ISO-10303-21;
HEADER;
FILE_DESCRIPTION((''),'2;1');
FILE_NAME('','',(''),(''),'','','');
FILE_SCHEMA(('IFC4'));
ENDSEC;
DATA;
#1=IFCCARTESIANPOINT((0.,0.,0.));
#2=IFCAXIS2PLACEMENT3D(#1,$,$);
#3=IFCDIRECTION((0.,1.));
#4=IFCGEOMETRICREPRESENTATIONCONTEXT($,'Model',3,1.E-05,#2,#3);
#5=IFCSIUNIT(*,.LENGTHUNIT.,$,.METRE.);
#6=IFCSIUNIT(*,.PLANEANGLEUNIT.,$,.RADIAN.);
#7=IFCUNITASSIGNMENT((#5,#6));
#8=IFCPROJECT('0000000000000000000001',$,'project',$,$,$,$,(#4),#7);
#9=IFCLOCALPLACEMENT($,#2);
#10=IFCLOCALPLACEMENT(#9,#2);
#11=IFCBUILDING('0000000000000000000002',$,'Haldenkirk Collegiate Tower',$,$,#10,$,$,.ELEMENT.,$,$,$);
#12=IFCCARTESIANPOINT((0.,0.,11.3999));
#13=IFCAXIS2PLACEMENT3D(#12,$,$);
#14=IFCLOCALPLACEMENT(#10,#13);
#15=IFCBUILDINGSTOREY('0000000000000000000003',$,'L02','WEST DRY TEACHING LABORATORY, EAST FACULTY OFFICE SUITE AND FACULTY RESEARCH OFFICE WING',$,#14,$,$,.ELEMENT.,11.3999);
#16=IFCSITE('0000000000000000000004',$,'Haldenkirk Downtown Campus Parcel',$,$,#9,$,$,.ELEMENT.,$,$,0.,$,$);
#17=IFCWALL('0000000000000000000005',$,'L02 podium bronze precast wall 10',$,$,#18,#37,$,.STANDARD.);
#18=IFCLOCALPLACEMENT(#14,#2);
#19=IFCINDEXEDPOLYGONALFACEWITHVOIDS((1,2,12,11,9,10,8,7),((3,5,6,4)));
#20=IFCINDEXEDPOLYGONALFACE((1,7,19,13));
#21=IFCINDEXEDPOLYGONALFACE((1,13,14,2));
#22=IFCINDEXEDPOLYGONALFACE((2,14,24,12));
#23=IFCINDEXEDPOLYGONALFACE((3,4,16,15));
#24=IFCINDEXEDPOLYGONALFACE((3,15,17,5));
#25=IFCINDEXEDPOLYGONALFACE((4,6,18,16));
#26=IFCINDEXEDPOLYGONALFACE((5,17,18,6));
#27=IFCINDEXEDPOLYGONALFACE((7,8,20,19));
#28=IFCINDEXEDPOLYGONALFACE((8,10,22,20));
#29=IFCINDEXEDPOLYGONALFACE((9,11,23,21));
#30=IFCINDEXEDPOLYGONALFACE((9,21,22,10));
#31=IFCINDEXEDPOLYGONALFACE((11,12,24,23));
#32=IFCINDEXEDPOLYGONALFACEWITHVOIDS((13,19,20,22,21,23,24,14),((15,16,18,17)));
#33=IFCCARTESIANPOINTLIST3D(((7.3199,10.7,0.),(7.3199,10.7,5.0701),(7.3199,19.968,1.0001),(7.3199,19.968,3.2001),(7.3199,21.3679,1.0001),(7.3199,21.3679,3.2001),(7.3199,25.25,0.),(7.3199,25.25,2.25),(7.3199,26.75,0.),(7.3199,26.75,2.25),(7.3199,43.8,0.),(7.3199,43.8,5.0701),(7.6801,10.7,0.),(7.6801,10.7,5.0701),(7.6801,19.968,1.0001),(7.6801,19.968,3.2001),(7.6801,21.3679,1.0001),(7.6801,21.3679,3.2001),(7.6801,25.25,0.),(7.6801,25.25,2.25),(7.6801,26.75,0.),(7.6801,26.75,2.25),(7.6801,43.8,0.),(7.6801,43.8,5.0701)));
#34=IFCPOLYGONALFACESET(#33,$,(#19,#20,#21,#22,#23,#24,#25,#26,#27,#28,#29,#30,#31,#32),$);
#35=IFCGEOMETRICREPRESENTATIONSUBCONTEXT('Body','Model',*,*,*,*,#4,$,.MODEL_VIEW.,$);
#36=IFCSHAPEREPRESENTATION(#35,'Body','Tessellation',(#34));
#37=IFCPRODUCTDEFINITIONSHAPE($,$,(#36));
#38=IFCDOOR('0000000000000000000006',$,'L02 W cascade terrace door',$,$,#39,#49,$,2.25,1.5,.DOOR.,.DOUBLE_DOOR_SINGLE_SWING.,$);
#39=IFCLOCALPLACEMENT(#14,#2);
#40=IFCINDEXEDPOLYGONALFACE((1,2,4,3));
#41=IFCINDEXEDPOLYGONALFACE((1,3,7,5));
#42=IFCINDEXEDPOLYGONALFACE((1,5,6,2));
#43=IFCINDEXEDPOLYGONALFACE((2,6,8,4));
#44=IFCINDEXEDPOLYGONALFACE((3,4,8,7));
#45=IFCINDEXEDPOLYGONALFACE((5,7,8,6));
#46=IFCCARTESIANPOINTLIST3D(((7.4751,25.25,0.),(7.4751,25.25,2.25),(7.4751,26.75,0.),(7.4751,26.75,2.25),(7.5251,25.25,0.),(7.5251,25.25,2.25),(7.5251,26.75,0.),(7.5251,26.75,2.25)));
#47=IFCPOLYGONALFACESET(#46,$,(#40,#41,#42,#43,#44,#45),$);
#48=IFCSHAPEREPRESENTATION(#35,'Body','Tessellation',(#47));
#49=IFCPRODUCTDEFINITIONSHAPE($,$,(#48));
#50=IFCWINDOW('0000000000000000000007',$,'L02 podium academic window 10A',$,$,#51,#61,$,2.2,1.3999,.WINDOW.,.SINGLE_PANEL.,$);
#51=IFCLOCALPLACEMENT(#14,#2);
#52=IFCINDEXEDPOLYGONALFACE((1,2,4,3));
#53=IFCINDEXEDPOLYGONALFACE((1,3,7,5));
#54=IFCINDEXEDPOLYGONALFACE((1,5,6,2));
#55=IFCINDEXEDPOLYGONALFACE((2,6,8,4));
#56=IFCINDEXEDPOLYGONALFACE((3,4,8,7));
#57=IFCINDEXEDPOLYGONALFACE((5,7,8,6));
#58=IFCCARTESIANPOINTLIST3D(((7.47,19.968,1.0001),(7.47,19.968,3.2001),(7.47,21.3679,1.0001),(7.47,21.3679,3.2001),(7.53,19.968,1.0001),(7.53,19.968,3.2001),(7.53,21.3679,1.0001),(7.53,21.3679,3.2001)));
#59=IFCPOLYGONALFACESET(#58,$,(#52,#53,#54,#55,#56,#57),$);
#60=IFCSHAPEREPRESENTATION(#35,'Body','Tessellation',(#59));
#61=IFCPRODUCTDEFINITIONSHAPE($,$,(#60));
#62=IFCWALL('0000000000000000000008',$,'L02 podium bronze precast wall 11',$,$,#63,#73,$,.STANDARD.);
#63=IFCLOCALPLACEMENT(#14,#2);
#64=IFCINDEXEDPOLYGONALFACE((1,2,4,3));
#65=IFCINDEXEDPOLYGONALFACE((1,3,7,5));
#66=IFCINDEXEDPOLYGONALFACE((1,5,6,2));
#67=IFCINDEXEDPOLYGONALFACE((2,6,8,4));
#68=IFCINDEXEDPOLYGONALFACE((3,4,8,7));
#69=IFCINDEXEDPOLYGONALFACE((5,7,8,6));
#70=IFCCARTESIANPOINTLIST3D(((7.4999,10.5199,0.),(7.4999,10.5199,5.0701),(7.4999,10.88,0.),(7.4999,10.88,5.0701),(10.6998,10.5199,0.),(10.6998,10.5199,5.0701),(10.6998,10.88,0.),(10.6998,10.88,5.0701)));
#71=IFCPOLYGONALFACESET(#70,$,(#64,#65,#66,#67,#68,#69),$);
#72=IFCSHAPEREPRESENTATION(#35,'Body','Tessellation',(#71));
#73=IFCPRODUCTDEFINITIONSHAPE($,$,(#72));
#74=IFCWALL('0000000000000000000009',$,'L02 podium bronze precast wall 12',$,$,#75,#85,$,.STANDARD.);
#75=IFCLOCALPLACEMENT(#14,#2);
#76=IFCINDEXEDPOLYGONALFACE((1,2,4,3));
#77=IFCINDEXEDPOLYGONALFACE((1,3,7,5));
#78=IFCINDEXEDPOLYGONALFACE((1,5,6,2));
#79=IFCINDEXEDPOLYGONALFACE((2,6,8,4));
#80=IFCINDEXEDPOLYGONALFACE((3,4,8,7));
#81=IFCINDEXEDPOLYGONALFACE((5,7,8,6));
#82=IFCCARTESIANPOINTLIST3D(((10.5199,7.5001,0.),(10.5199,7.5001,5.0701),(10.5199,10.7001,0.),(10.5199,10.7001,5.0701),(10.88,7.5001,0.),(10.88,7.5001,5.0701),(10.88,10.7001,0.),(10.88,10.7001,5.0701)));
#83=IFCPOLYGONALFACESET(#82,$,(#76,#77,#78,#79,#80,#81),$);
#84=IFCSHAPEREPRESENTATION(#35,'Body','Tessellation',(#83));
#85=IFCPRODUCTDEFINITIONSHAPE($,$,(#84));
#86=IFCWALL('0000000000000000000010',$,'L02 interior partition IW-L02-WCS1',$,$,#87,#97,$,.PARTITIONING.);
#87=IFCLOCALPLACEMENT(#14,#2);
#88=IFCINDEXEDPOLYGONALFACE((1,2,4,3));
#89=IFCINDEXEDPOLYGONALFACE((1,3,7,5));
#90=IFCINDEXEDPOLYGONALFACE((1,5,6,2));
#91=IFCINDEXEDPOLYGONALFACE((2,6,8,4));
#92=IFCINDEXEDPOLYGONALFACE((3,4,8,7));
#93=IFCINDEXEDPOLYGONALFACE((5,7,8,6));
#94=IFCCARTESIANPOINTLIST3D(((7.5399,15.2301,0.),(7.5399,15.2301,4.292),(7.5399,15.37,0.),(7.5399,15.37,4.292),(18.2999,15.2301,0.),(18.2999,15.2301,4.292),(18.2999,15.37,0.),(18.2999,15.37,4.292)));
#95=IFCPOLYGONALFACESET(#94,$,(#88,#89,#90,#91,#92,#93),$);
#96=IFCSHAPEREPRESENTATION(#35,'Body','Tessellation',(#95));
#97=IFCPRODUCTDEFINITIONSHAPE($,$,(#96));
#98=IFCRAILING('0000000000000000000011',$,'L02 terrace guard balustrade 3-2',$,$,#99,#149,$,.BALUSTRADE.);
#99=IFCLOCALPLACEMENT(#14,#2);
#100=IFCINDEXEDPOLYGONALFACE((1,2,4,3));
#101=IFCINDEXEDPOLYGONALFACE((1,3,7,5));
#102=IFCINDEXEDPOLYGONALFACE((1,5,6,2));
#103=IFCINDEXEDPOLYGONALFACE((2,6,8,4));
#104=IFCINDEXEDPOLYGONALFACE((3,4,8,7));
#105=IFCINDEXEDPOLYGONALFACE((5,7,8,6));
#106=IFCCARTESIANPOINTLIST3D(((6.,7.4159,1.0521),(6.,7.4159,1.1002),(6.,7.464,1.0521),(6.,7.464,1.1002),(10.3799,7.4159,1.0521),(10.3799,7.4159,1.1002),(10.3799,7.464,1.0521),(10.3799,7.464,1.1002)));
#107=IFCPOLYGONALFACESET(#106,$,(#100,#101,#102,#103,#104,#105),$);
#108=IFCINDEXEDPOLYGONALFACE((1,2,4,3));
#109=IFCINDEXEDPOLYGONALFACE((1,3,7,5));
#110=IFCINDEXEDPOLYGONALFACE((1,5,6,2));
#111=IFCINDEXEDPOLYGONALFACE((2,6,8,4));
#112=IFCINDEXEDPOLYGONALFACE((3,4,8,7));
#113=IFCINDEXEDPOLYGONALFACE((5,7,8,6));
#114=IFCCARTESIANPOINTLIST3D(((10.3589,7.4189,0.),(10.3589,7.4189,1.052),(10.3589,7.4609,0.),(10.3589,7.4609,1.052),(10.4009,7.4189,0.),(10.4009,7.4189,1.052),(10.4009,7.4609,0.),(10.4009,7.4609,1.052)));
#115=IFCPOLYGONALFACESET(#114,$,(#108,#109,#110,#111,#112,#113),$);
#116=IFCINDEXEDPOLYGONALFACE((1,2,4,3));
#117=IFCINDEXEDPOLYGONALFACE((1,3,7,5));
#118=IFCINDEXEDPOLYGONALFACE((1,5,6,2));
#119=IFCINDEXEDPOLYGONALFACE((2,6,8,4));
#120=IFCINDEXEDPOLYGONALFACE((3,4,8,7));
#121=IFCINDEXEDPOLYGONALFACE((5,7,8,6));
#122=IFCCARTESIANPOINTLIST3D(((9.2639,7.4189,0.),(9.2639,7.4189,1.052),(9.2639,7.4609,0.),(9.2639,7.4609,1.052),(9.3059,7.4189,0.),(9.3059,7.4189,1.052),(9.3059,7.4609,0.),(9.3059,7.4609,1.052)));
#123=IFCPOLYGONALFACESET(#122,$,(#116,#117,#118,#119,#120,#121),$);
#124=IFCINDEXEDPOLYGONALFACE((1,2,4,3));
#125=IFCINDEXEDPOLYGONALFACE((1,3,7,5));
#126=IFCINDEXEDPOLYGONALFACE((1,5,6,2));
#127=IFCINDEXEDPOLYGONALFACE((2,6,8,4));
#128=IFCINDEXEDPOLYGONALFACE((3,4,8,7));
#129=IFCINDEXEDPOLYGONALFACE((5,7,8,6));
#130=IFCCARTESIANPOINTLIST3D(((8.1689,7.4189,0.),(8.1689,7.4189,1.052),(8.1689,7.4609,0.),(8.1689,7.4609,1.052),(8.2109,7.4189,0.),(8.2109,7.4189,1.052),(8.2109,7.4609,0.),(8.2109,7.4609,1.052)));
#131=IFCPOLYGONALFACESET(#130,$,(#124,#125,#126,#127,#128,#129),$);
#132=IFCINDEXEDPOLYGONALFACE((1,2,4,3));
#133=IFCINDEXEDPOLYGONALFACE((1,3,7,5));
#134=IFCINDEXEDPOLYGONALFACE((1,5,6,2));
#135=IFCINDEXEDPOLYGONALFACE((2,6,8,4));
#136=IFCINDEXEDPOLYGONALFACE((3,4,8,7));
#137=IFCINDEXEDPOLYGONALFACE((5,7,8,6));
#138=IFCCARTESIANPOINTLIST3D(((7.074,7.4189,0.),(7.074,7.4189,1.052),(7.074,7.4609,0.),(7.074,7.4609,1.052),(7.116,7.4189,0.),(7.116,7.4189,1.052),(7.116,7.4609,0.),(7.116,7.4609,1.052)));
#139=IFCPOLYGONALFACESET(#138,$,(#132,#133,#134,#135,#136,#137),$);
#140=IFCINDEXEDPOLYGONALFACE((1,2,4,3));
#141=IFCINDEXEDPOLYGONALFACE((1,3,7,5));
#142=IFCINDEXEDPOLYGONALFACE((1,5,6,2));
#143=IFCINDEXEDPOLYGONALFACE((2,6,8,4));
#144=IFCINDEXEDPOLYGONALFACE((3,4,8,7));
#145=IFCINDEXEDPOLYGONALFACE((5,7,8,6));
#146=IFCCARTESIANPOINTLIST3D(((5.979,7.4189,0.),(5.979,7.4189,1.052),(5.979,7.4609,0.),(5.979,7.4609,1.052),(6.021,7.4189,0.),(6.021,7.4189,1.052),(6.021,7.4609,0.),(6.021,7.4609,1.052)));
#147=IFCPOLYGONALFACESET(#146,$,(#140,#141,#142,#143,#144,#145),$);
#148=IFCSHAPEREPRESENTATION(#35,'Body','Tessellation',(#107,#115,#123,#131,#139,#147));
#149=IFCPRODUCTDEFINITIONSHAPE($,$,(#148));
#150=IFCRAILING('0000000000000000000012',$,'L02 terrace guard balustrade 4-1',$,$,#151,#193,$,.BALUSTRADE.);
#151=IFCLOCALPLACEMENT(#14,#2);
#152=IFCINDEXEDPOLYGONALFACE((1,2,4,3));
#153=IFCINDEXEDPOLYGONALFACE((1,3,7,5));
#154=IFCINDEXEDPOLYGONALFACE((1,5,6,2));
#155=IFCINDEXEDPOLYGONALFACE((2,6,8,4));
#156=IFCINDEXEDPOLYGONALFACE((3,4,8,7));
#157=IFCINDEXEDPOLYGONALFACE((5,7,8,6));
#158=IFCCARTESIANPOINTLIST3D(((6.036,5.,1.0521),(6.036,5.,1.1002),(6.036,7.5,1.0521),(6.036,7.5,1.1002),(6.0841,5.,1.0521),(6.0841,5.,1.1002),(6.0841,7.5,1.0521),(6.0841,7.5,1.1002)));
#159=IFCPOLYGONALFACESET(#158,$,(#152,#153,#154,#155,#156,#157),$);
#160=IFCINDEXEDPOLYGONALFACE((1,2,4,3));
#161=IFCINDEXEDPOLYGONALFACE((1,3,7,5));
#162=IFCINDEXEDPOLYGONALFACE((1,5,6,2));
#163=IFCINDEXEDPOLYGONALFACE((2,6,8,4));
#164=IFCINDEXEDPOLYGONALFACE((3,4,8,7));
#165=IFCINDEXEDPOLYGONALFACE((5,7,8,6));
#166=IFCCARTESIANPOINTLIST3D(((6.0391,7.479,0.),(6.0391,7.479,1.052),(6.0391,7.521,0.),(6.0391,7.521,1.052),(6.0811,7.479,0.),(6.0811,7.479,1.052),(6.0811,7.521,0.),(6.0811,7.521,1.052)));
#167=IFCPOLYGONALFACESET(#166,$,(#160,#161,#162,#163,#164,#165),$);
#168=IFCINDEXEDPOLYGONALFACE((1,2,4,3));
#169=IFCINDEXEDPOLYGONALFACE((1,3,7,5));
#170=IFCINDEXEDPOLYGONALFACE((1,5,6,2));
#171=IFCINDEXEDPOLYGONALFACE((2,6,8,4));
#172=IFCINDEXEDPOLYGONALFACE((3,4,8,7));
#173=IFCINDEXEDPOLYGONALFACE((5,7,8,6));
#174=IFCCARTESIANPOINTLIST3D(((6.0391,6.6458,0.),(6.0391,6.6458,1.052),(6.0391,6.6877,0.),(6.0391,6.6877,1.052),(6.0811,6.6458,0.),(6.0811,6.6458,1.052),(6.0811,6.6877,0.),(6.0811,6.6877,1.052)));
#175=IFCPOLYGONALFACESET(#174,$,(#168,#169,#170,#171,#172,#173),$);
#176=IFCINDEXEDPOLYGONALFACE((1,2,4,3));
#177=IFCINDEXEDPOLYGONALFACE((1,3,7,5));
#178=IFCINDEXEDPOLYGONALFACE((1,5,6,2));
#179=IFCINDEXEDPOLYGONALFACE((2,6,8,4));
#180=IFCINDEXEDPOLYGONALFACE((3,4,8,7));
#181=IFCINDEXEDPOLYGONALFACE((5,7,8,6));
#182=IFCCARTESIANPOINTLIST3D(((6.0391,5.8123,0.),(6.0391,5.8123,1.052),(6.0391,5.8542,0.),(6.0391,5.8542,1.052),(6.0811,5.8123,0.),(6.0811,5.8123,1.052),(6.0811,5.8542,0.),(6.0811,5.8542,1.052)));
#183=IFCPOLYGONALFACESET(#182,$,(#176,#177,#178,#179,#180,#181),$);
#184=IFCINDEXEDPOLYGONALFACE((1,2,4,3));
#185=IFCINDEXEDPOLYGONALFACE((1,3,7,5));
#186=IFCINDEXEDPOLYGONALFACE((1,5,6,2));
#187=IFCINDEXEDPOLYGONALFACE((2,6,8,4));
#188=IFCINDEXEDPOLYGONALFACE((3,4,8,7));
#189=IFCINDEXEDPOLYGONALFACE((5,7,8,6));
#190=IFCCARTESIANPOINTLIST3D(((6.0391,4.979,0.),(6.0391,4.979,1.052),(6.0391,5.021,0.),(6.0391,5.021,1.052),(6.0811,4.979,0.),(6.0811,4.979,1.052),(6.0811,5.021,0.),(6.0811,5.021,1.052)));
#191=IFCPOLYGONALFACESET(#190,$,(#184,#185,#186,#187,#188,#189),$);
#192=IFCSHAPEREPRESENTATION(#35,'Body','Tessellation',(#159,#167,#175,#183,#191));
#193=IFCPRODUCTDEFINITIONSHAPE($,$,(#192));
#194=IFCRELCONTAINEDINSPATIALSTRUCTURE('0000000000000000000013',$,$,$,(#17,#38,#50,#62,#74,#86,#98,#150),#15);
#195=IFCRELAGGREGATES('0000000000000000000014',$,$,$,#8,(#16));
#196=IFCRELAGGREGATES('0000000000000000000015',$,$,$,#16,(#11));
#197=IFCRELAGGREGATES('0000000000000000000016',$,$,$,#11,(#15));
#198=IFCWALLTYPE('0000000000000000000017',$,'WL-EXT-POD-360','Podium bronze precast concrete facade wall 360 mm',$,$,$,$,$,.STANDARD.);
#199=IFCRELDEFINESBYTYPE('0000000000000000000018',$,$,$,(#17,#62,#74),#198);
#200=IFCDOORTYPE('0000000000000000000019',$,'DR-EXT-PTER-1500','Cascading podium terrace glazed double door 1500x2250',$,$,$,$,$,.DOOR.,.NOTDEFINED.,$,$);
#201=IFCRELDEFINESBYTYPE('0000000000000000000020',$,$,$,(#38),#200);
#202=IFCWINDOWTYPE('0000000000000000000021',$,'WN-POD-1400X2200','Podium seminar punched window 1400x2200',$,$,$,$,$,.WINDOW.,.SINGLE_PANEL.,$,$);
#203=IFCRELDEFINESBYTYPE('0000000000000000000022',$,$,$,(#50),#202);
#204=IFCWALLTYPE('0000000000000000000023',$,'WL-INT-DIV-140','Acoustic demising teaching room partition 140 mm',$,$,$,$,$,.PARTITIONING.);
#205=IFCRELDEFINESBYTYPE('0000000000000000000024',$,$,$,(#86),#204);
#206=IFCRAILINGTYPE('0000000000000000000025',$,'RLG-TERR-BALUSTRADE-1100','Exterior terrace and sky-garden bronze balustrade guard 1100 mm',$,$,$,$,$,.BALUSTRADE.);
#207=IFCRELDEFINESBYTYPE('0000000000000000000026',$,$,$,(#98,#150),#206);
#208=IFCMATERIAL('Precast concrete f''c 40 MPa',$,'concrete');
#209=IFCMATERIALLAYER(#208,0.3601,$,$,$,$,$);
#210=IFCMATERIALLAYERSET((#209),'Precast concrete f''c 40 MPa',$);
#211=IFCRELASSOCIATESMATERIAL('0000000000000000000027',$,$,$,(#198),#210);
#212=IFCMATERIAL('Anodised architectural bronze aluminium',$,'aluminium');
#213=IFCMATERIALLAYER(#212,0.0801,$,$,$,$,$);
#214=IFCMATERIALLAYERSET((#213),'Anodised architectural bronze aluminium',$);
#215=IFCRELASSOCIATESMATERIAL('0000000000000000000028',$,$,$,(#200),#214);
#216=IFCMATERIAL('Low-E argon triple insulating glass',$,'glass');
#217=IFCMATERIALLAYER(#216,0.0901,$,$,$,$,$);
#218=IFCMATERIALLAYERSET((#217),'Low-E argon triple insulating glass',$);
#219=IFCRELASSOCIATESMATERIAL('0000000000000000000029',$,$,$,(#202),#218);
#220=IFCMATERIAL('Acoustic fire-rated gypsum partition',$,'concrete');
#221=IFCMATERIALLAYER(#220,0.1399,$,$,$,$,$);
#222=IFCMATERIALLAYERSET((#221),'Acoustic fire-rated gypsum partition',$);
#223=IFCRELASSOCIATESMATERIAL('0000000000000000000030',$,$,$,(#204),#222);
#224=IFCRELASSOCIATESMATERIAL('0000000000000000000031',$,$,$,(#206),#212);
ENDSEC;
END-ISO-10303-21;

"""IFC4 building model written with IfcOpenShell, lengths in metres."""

from ifc_helpers import new_model, si_unit, direction, frame, frame_2d, origin, origin_2d, place, context, subcontext, project, spatial, rectangle, extrude, material, layer, layer_set, type_object, element, fill, save


model = new_model("IFC4")

# Units and contexts
model_context = context("Model", 3, precision=1e-05, world=origin(), true_north=direction((0.0, 1.0)))
body_context = subcontext(model_context, "Body", "Model", "MODEL_VIEW")
ifc_project = project(units=[si_unit("LENGTHUNIT", "METRE"), si_unit("PLANEANGLEUNIT", "RADIAN")], contexts=[model_context])

# Site, building, storey
site_placement = place(None, origin())
site = spatial("IfcSite", under=ifc_project, at=site_placement, Name="Haldenkirk Downtown Campus Parcel", CompositionType="ELEMENT", RefElevation=0.0)
building_placement = place(site_placement, origin())
building = spatial("IfcBuilding", under=site, at=building_placement, Name="Haldenkirk Collegiate Tower", CompositionType="ELEMENT")
storey_placement = place(building_placement, frame((0.0, 0.0, 11.3999)))
storey = spatial("IfcBuildingStorey", under=building, at=storey_placement, Name="L02", Description="WEST DRY TEACHING LABORATORY, EAST FACULTY OFFICE SUITE AND FACULTY RESEARCH OFFICE WING", CompositionType="ELEMENT", Elevation=11.3999)

# Wall, openings, door, window
ifc_material_1 = material(Name="Precast concrete f'c 40 MPa", Category="concrete")
ifc_layer_1 = layer(ifc_material_1, 0.3601)
ifc_layer_set_1 = layer_set([ifc_layer_1], Name="Precast concrete f'c 40 MPa")
wall_type_1 = type_object("IfcWallType", Name="WL-EXT-POD-360", Description="Podium bronze precast concrete facade wall 360 mm", PredefinedType="STANDARD", material=ifc_layer_set_1)
wall_1_placement = place(storey_placement, frame((7.5, 10.7, 0.0), z_axis=(0.0, 0.0, 1.0), x_axis=(0.0, 1.0, 0.0)))
wall_1 = element("IfcWall", 1, at=wall_1_placement, inside=storey, type_object=wall_type_1, Name="L02 podium bronze precast wall 10", PredefinedType="STANDARD", context=body_context, shape_type="SweptSolid", body=[
    extrude(rectangle(XDim=33.1001, YDim=0.3601, at=frame_2d((16.55, 0.0))), origin(), (0.0, 0.0, 1.0), 5.0701),
])
opening_1_placement = place(wall_1_placement, frame((14.55, 0.0, 0.0)))
opening_1 = element("IfcOpeningElement", 2, at=opening_1_placement, cuts=wall_1, PredefinedType="OPENING", context=body_context, shape_type="SweptSolid", body=[
    extrude(rectangle(XDim=1.5, YDim=2.25, at=frame_2d((0.75, 1.125))), frame((0.0, 0.1899, 0.0), z_axis=(0.0, -1.0, 0.0), x_axis=(1.0, 0.0, 0.0)), (0.0, 0.0, 1.0), 0.3801),
])
opening_2_placement = place(wall_1_placement, frame((9.2681, 0.0, 1.0)))
opening_2 = element("IfcOpeningElement", 3, at=opening_2_placement, cuts=wall_1, PredefinedType="OPENING", context=body_context, shape_type="SweptSolid", body=[
    extrude(rectangle(XDim=1.3999, YDim=2.2, at=frame_2d((0.7, 1.1001))), frame((0.0, 0.1899, 0.0), z_axis=(0.0, -1.0, 0.0), x_axis=(1.0, 0.0, 0.0)), (0.0, 0.0, 1.0), 0.3801),
])
ifc_material_2 = material(Name="Anodised architectural bronze aluminium", Category="aluminium")
ifc_layer_2 = layer(ifc_material_2, 0.0801)
ifc_layer_set_2 = layer_set([ifc_layer_2], Name="Anodised architectural bronze aluminium")
door_type = type_object("IfcDoorType", Name="DR-EXT-PTER-1500", Description="Cascading podium terrace glazed double door 1500x2250", OperationType="NOTDEFINED", PredefinedType="DOOR", material=ifc_layer_set_2)
door_placement = place(opening_1_placement, origin())
door = element("IfcDoor", 4, at=door_placement, inside=storey, type_object=door_type, Name="L02 W cascade terrace door", OperationType="DOUBLE_DOOR_SINGLE_SWING", OverallHeight=2.25, OverallWidth=1.5, PredefinedType="DOOR", context=body_context, shape_type="SweptSolid", body=[
    extrude(rectangle(XDim=1.5, YDim=2.25, at=frame_2d((0.75, 1.125))), frame((0.0, 0.0249, 0.0), z_axis=(0.0, -1.0, 0.0), x_axis=(1.0, 0.0, 0.0)), (0.0, 0.0, 1.0), 0.05),
])
fill(opening_1, door)
ifc_material_3 = material(Name="Low-E argon triple insulating glass", Category="glass")
ifc_layer_3 = layer(ifc_material_3, 0.0901)
ifc_layer_set_3 = layer_set([ifc_layer_3], Name="Low-E argon triple insulating glass")
window_type = type_object("IfcWindowType", Name="WN-POD-1400X2200", Description="Podium seminar punched window 1400x2200", PartitioningType="SINGLE_PANEL", PredefinedType="WINDOW", material=ifc_layer_set_3)
window_placement = place(opening_2_placement, origin())
window = element("IfcWindow", 5, at=window_placement, inside=storey, type_object=window_type, Name="L02 podium academic window 10A", OverallHeight=2.2, OverallWidth=1.3999, PartitioningType="SINGLE_PANEL", PredefinedType="WINDOW", context=body_context, shape_type="SweptSolid", body=[
    extrude(rectangle(XDim=1.3999, YDim=2.2, at=frame_2d((0.7, 1.1001))), frame((0.0, 0.03, 0.0), z_axis=(0.0, -1.0, 0.0), x_axis=(1.0, 0.0, 0.0)), (0.0, 0.0, 1.0), 0.0601),
])
fill(opening_2, window)

# Walls
for number, where, z_axis, x_axis, name in (
    (6, (10.7, 10.7, 0.0), (0.0, 0.0, 1.0), (-1.0, 0.0, 0.0), "L02 podium bronze precast wall 11"),
    (7, (10.7, 7.5, 0.0), (0.0, 0.0, 1.0), (0.0, 1.0, 0.0), "L02 podium bronze precast wall 12"),
):
    element("IfcWall", number, at=place(storey_placement, frame(where, z_axis=z_axis, x_axis=x_axis)), inside=storey, type_object=wall_type_1, Name=name, PredefinedType="STANDARD", context=body_context, shape_type="SweptSolid", body=[
        extrude(rectangle(XDim=3.2, YDim=0.3601, at=frame_2d((1.6001, 0.0))), origin(), (0.0, 0.0, 1.0), 5.0701),
    ])
ifc_material_4 = material(Name="Acoustic fire-rated gypsum partition", Category="concrete")
ifc_layer_4 = layer(ifc_material_4, 0.1399)
ifc_layer_set_4 = layer_set([ifc_layer_4], Name="Acoustic fire-rated gypsum partition")
wall_type_2 = type_object("IfcWallType", Name="WL-INT-DIV-140", Description="Acoustic demising teaching room partition 140 mm", PredefinedType="PARTITIONING", material=ifc_layer_set_4)
wall_2_placement = place(storey_placement, frame((7.54, 15.3, 0.0), z_axis=(0.0, 0.0, 1.0), x_axis=(1.0, 0.0, 0.0)))
element("IfcWall", 8, at=wall_2_placement, inside=storey, type_object=wall_type_2, Name="L02 interior partition IW-L02-WCS1", PredefinedType="PARTITIONING", context=body_context, shape_type="SweptSolid", body=[
    extrude(rectangle(XDim=10.76, YDim=0.1399, at=frame_2d((5.3799, 0.0))), origin(), (0.0, 0.0, 1.0), 4.292),
])

# Railings
railing_type = type_object("IfcRailingType", Name="RLG-TERR-BALUSTRADE-1100", Description="Exterior terrace and sky-garden bronze balustrade guard 1100 mm", PredefinedType="BALUSTRADE", material=ifc_material_2)
railing_1_placement = place(storey_placement, frame((10.3799, 7.4399, 0.0)))
element("IfcRailing", 9, at=railing_1_placement, inside=storey, type_object=railing_type, Name="L02 terrace guard balustrade 3-2", PredefinedType="BALUSTRADE", context=body_context, shape_type="SweptSolid", body=[
    extrude(rectangle(XDim=0.0481, YDim=0.0481, at=origin_2d()), frame((0.0, 0.0, 1.0762), z_axis=(-1.0, 0.0, 0.0), x_axis=(0.0, -1.0, 0.0)), (0.0, 0.0, 1.0), 4.3799),
    extrude(rectangle(XDim=0.042, YDim=0.042, at=origin_2d()), origin(), (0.0, 0.0, 1.0), 1.052),
    extrude(rectangle(XDim=0.042, YDim=0.042, at=origin_2d()), frame((-1.095, 0.0, 0.0)), (0.0, 0.0, 1.0), 1.052),
    extrude(rectangle(XDim=0.042, YDim=0.042, at=origin_2d()), frame((-2.1899, 0.0, 0.0)), (0.0, 0.0, 1.0), 1.052),
    extrude(rectangle(XDim=0.042, YDim=0.042, at=origin_2d()), frame((-3.2849, 0.0, 0.0)), (0.0, 0.0, 1.0), 1.052),
    extrude(rectangle(XDim=0.042, YDim=0.042, at=origin_2d()), frame((-4.3799, 0.0, 0.0)), (0.0, 0.0, 1.0), 1.052),
])
railing_2_placement = place(storey_placement, frame((6.0601, 7.5, 0.0)))
element("IfcRailing", 10, at=railing_2_placement, inside=storey, type_object=railing_type, Name="L02 terrace guard balustrade 4-1", PredefinedType="BALUSTRADE", context=body_context, shape_type="SweptSolid", body=[
    extrude(rectangle(XDim=0.0481, YDim=0.0481, at=origin_2d()), frame((0.0, 0.0, 1.0762), z_axis=(0.0, -1.0, 0.0), x_axis=(1.0, 0.0, 0.0)), (0.0, 0.0, 1.0), 2.5),
    extrude(rectangle(XDim=0.042, YDim=0.042, at=origin_2d()), origin(), (0.0, 0.0, 1.0), 1.052),
    extrude(rectangle(XDim=0.042, YDim=0.042, at=origin_2d()), frame((0.0, -0.8333, 0.0)), (0.0, 0.0, 1.0), 1.052),
    extrude(rectangle(XDim=0.042, YDim=0.042, at=origin_2d()), frame((0.0, -1.6667, 0.0)), (0.0, 0.0, 1.0), 1.052),
    extrude(rectangle(XDim=0.042, YDim=0.042, at=origin_2d()), frame((0.0, -2.5, 0.0)), (0.0, 0.0, 1.0), 1.052),
])

save(model, "model.ifc")
